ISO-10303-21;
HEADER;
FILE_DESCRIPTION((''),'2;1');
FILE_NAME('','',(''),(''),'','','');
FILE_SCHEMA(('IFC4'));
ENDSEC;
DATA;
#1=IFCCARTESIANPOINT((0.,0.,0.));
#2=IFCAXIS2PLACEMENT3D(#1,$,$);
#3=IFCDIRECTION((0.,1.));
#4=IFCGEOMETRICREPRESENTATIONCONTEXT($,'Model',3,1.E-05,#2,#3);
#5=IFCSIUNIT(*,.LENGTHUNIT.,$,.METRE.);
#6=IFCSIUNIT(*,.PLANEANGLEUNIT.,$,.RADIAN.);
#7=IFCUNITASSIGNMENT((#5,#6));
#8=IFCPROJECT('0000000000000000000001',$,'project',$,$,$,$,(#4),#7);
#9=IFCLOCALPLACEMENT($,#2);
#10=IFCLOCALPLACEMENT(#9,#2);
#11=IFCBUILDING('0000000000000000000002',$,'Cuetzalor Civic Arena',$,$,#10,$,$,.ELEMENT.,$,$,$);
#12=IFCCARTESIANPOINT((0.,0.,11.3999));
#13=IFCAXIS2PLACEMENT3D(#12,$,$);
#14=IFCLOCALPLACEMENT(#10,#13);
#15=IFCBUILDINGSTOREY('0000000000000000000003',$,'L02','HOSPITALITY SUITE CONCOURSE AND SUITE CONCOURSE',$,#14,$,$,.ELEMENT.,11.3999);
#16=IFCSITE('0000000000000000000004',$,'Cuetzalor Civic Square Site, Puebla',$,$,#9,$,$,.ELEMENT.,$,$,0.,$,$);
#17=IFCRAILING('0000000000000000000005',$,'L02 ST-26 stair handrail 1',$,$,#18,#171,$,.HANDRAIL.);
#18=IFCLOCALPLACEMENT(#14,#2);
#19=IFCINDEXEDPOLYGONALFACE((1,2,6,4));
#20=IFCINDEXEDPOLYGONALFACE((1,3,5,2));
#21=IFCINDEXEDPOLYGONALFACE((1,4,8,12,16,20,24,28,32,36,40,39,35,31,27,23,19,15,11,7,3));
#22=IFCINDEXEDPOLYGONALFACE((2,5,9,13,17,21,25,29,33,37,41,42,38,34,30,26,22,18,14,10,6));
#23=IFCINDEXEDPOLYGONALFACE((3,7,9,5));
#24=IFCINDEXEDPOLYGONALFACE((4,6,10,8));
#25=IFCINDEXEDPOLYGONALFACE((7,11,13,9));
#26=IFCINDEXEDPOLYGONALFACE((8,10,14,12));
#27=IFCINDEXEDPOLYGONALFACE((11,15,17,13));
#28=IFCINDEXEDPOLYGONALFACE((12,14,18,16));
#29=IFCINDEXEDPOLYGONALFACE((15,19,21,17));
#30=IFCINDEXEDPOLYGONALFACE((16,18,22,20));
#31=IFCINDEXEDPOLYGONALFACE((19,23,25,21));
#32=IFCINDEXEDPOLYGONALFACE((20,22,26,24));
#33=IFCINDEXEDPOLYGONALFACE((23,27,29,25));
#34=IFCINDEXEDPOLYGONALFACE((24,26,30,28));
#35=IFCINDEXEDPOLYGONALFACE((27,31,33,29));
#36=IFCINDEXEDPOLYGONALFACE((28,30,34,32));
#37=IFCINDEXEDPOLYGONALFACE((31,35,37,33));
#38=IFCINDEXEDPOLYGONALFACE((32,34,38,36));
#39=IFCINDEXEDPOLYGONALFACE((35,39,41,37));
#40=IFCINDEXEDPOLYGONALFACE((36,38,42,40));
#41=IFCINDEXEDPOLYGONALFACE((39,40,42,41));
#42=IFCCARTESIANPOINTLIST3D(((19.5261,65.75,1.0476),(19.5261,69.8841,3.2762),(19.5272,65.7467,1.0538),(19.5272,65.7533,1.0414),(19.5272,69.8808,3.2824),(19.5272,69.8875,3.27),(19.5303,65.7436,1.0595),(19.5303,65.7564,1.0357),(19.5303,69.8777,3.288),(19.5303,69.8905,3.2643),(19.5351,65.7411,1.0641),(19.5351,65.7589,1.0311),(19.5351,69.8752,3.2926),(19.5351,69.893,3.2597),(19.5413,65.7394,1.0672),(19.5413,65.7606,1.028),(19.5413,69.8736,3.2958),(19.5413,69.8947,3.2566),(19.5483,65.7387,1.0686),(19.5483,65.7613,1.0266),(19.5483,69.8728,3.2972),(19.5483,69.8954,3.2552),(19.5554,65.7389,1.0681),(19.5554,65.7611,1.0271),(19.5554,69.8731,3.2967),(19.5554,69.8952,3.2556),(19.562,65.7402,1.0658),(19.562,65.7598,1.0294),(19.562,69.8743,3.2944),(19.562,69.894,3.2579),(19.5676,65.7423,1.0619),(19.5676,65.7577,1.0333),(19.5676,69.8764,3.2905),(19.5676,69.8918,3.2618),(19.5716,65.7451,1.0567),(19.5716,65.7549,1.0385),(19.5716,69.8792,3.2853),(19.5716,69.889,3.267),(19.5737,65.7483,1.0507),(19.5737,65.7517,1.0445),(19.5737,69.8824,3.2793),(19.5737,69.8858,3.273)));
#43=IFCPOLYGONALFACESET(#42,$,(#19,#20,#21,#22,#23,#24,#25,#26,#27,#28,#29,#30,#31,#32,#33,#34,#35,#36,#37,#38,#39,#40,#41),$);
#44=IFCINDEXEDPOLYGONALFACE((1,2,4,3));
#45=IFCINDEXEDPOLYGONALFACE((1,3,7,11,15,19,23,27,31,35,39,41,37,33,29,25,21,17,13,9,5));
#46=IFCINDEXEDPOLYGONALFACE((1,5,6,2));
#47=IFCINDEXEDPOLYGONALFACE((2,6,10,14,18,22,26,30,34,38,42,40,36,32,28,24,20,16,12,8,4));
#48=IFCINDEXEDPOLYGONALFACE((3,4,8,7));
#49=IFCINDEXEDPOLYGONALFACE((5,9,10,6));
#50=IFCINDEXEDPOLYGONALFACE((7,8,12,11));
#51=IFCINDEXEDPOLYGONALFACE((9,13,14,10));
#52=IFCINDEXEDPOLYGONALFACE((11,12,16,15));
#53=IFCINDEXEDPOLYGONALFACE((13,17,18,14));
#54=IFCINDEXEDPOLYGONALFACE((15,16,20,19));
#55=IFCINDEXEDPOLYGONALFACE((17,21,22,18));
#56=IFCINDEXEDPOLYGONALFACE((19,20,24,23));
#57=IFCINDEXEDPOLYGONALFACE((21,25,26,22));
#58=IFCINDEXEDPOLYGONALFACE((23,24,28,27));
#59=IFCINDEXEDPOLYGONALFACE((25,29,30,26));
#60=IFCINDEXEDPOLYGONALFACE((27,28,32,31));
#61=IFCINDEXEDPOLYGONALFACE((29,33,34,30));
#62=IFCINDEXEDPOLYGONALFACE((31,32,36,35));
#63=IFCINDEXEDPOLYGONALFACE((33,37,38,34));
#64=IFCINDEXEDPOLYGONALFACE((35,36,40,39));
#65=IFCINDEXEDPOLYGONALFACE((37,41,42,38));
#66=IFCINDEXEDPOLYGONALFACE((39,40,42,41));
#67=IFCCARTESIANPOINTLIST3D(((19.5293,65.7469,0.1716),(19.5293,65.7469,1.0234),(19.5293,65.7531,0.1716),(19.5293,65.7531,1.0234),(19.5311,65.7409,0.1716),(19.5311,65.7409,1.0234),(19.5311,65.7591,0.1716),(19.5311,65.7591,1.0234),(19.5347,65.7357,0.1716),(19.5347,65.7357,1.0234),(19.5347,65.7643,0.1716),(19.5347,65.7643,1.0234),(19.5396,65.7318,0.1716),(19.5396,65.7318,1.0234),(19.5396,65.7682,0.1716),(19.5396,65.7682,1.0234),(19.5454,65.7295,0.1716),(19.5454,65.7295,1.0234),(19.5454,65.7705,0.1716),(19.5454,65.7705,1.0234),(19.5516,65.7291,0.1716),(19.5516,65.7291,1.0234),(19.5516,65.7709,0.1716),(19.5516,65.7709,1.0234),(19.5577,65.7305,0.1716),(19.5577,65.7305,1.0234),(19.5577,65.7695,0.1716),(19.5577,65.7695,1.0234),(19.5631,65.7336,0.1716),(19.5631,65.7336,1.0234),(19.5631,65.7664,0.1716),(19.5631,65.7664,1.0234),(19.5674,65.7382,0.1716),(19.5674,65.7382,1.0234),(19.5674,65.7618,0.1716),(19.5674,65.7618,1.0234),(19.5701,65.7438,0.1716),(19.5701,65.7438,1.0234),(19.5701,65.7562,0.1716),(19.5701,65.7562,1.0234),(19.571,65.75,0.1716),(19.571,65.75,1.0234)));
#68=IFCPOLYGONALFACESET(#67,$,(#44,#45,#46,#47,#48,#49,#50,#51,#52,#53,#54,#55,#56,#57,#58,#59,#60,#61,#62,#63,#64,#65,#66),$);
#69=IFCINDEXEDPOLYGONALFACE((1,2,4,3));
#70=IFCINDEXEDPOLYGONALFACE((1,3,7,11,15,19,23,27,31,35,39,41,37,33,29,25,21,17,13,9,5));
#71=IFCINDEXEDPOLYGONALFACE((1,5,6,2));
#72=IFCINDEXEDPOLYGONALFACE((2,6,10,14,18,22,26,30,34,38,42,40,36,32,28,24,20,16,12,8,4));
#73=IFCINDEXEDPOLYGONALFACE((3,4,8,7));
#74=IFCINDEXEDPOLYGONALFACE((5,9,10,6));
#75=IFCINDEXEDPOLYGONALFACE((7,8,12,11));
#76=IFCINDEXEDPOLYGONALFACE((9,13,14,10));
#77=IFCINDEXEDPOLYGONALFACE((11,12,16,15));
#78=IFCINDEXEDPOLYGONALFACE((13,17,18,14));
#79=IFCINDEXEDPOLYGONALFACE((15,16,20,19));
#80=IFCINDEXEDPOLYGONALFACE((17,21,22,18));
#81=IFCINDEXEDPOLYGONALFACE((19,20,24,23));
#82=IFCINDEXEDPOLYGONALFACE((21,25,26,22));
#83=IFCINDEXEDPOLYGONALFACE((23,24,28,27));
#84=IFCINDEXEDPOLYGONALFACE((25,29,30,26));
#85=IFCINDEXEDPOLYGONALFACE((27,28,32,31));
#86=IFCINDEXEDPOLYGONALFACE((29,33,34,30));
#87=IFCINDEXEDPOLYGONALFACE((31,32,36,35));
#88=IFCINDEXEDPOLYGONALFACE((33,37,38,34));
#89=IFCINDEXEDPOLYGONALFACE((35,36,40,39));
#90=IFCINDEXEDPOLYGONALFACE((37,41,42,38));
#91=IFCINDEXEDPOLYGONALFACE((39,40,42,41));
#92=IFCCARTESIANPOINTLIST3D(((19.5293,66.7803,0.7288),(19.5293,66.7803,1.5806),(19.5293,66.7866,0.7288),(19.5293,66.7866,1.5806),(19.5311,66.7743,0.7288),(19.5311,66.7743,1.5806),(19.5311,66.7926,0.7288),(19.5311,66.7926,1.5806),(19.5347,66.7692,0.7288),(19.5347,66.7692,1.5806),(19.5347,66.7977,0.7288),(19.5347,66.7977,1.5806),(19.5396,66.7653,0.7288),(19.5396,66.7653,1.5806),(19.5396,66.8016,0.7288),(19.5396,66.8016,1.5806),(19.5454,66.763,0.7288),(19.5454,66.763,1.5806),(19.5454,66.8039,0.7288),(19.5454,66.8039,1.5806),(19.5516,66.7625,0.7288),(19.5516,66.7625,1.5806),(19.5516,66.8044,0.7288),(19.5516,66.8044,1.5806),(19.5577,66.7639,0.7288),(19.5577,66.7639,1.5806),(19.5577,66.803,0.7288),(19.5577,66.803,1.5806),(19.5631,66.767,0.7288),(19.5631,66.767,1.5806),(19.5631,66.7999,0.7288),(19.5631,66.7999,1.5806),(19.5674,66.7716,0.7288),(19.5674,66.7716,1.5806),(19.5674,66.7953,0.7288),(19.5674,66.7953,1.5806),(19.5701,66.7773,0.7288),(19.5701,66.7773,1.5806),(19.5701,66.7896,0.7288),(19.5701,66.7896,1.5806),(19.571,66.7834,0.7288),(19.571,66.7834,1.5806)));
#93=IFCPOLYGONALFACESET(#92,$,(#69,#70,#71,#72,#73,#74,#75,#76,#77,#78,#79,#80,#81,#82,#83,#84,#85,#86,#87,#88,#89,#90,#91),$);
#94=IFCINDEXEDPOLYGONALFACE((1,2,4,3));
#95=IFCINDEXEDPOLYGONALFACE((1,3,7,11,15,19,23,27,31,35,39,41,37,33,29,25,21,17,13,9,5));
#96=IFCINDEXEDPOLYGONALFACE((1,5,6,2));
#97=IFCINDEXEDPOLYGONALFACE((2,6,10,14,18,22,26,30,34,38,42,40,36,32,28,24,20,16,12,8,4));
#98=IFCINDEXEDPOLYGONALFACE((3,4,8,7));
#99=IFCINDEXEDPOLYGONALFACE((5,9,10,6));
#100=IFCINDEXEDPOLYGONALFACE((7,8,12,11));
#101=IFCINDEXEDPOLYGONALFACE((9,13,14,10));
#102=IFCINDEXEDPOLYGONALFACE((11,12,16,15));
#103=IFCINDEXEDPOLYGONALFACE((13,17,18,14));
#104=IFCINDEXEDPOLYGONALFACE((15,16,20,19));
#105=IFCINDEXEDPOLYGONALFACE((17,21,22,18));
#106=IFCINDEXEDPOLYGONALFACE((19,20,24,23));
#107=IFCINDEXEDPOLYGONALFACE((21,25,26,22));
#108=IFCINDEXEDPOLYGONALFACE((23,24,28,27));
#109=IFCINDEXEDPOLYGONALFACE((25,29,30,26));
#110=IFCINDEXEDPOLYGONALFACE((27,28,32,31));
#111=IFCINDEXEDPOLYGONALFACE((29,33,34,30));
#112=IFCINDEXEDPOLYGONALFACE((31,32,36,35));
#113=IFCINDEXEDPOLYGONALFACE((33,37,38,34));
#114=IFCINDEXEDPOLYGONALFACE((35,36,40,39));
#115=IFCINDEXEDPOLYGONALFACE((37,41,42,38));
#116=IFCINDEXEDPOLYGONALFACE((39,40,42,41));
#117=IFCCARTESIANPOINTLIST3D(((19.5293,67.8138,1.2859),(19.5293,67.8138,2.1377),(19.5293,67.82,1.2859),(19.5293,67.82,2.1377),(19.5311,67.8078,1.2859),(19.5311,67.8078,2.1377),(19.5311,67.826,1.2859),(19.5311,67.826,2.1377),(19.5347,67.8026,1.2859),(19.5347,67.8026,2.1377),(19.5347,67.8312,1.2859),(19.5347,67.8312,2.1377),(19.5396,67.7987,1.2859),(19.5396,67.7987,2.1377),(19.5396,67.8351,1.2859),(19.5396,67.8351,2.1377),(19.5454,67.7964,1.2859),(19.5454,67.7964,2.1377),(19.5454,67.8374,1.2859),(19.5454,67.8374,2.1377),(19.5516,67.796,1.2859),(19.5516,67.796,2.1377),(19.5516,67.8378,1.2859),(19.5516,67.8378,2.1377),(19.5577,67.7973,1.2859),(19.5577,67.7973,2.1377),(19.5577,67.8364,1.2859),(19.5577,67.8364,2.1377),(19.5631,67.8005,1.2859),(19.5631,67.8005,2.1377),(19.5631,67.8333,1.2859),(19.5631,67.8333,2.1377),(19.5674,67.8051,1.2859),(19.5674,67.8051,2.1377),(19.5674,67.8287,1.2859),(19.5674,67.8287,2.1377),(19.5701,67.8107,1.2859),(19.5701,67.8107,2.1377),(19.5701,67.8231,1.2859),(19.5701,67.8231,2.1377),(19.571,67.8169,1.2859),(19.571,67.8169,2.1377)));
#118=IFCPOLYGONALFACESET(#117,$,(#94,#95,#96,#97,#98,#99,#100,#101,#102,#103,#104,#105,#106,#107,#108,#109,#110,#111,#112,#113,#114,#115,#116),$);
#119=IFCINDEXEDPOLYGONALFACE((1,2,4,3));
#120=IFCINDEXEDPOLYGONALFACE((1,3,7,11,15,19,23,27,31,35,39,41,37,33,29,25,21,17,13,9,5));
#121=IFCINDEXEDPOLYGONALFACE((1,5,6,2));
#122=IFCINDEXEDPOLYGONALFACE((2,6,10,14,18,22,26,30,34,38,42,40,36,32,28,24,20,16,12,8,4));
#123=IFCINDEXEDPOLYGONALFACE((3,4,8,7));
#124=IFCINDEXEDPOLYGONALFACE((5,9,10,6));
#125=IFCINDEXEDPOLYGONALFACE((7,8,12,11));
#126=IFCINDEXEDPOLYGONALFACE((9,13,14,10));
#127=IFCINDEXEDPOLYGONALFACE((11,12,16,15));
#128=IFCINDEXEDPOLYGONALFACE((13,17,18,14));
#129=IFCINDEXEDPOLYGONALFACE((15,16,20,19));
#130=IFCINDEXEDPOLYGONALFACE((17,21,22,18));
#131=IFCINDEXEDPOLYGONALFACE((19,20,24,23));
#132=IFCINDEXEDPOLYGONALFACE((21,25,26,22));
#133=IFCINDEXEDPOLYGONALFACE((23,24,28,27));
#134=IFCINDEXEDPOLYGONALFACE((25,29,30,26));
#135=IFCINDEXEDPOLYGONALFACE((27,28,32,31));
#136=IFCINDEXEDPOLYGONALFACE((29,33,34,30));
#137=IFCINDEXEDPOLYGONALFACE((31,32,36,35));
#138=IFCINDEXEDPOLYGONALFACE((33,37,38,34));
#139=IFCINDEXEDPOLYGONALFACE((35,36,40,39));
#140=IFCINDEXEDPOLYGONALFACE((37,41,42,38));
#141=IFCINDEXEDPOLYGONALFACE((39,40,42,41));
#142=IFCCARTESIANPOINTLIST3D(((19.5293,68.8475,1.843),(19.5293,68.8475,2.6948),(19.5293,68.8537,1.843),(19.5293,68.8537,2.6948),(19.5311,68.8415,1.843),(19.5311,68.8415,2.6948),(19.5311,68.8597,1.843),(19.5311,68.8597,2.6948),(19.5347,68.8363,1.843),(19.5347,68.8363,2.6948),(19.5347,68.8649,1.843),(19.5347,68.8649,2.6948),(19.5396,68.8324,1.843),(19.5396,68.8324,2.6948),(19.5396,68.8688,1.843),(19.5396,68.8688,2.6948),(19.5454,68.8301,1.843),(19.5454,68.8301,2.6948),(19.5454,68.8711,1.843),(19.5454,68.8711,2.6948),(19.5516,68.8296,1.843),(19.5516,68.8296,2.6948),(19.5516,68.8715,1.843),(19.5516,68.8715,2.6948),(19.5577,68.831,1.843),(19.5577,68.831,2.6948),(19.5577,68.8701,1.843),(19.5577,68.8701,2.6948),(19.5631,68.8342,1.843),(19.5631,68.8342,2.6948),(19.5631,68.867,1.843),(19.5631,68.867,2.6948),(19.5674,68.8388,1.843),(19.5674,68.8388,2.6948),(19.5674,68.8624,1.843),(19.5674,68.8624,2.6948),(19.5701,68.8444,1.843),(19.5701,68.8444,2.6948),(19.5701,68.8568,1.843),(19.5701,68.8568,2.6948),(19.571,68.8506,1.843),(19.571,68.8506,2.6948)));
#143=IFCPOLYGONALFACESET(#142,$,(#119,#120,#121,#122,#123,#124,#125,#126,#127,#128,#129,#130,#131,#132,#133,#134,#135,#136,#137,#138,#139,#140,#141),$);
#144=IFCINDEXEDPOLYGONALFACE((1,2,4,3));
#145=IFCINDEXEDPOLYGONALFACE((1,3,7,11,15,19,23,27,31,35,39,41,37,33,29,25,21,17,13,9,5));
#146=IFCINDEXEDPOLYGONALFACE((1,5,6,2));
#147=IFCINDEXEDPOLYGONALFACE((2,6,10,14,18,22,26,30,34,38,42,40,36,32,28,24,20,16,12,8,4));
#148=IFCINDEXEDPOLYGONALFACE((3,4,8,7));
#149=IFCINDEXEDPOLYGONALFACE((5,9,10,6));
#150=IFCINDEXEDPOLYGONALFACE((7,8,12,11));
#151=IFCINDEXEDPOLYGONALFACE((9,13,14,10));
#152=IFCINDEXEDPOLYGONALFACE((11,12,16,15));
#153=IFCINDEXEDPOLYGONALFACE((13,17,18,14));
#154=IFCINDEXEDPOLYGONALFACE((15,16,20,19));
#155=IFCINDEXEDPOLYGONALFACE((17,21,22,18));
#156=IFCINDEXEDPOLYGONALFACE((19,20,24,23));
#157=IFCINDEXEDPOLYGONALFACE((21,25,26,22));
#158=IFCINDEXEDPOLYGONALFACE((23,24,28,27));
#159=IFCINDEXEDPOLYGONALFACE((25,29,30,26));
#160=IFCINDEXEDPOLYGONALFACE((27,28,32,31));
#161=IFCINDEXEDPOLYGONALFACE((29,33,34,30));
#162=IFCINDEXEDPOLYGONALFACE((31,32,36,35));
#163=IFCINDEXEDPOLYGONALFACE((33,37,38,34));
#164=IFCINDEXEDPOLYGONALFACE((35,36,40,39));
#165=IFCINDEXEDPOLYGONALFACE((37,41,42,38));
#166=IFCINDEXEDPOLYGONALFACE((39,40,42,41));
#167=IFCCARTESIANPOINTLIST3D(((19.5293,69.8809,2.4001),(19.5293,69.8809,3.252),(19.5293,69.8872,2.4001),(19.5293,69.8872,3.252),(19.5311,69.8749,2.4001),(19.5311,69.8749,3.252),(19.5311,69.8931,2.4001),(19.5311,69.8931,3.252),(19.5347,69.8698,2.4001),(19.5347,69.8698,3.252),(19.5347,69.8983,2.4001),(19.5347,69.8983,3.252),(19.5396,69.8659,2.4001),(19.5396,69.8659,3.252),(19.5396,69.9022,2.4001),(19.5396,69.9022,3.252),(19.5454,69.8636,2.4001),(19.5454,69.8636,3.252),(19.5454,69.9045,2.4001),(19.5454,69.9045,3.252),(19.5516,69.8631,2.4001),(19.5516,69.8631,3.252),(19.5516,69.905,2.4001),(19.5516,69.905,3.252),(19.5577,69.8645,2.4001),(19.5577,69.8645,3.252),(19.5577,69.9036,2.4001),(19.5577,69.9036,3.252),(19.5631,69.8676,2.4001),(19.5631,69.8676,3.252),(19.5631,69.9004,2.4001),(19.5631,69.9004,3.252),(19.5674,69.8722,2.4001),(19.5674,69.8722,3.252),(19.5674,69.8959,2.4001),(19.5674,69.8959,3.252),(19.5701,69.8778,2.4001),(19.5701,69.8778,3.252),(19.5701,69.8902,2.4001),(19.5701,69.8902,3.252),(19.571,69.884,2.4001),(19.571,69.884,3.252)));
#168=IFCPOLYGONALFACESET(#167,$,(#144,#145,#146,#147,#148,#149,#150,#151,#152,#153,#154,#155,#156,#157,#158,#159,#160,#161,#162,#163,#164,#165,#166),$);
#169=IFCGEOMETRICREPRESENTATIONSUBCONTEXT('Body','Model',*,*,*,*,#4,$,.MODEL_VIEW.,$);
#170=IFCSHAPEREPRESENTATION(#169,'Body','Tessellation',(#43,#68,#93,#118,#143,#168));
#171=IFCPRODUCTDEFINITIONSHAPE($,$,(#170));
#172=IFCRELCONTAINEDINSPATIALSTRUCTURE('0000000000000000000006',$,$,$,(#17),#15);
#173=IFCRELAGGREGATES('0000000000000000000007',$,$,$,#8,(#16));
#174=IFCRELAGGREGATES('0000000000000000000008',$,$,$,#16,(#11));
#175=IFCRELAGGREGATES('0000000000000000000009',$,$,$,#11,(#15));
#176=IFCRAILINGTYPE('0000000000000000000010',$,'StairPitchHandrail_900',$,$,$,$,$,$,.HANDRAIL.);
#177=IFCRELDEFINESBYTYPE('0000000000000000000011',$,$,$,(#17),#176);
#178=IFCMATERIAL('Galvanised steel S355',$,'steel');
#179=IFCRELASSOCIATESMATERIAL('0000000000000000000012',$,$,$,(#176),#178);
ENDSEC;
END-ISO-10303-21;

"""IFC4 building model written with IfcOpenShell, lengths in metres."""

from ifc_helpers import new_model, si_unit, direction, frame, origin, origin_2d, place, context, subcontext, project, spatial, circle, extrude, material, type_object, element, save


model = new_model("IFC4")

# Units and contexts
model_context = context("Model", 3, precision=1e-05, world=origin(), true_north=direction((0.0, 1.0)))
body_context = subcontext(model_context, "Body", "Model", "MODEL_VIEW")
ifc_project = project(units=[si_unit("LENGTHUNIT", "METRE"), si_unit("PLANEANGLEUNIT", "RADIAN")], contexts=[model_context])

# Site, building, storey
site_placement = place(None, origin())
site = spatial("IfcSite", under=ifc_project, at=site_placement, Name="Cuetzalor Civic Square Site, Puebla", CompositionType="ELEMENT", RefElevation=0.0)
building_placement = place(site_placement, origin())
building = spatial("IfcBuilding", under=site, at=building_placement, Name="Cuetzalor Civic Arena", CompositionType="ELEMENT")
storey_placement = place(building_placement, frame((0.0, 0.0, 11.3999)))
storey = spatial("IfcBuildingStorey", under=building, at=storey_placement, Name="L02", Description="HOSPITALITY SUITE CONCOURSE AND SUITE CONCOURSE", CompositionType="ELEMENT", Elevation=11.3999)

# Railing
ifc_material_1 = material(Name="Galvanised steel S355", Category="steel")
railing_type_1 = type_object("IfcRailingType", Name="StairPitchHandrail_900", PredefinedType="HANDRAIL", material=ifc_material_1)
railing_1_placement = place(storey_placement, frame((19.55, 65.75, 0.1716)))
element("IfcRailing", 1, at=railing_1_placement, inside=storey, type_object=railing_type_1, Name="L02 ST-26 stair handrail 1", PredefinedType="HANDRAIL", context=body_context, shape_type="SweptSolid", body=[
    extrude(circle(Radius=0.0239, at=origin_2d()), frame((0.0, 0.0, 0.876), z_axis=(0.0, 0.880249, 0.474512), x_axis=(-1.0, 0.0, 0.0)), (0.0, 0.0, 1.0), 4.6965),
    extrude(circle(Radius=0.021, at=origin_2d()), origin(), (0.0, 0.0, 1.0), 0.8518),
    extrude(circle(Radius=0.021, at=origin_2d()), frame((0.0, 1.0334, 0.5571)), (0.0, 0.0, 1.0), 0.8518),
    extrude(circle(Radius=0.021, at=origin_2d()), frame((0.0, 2.0669, 1.1143)), (0.0, 0.0, 1.0), 0.8518),
    extrude(circle(Radius=0.021, at=origin_2d()), frame((0.0, 3.1006, 1.6714)), (0.0, 0.0, 1.0), 0.8518),
    extrude(circle(Radius=0.021, at=origin_2d()), frame((0.0, 4.134, 2.2285)), (0.0, 0.0, 1.0), 0.8518),
])

save(model, "model.ifc")
